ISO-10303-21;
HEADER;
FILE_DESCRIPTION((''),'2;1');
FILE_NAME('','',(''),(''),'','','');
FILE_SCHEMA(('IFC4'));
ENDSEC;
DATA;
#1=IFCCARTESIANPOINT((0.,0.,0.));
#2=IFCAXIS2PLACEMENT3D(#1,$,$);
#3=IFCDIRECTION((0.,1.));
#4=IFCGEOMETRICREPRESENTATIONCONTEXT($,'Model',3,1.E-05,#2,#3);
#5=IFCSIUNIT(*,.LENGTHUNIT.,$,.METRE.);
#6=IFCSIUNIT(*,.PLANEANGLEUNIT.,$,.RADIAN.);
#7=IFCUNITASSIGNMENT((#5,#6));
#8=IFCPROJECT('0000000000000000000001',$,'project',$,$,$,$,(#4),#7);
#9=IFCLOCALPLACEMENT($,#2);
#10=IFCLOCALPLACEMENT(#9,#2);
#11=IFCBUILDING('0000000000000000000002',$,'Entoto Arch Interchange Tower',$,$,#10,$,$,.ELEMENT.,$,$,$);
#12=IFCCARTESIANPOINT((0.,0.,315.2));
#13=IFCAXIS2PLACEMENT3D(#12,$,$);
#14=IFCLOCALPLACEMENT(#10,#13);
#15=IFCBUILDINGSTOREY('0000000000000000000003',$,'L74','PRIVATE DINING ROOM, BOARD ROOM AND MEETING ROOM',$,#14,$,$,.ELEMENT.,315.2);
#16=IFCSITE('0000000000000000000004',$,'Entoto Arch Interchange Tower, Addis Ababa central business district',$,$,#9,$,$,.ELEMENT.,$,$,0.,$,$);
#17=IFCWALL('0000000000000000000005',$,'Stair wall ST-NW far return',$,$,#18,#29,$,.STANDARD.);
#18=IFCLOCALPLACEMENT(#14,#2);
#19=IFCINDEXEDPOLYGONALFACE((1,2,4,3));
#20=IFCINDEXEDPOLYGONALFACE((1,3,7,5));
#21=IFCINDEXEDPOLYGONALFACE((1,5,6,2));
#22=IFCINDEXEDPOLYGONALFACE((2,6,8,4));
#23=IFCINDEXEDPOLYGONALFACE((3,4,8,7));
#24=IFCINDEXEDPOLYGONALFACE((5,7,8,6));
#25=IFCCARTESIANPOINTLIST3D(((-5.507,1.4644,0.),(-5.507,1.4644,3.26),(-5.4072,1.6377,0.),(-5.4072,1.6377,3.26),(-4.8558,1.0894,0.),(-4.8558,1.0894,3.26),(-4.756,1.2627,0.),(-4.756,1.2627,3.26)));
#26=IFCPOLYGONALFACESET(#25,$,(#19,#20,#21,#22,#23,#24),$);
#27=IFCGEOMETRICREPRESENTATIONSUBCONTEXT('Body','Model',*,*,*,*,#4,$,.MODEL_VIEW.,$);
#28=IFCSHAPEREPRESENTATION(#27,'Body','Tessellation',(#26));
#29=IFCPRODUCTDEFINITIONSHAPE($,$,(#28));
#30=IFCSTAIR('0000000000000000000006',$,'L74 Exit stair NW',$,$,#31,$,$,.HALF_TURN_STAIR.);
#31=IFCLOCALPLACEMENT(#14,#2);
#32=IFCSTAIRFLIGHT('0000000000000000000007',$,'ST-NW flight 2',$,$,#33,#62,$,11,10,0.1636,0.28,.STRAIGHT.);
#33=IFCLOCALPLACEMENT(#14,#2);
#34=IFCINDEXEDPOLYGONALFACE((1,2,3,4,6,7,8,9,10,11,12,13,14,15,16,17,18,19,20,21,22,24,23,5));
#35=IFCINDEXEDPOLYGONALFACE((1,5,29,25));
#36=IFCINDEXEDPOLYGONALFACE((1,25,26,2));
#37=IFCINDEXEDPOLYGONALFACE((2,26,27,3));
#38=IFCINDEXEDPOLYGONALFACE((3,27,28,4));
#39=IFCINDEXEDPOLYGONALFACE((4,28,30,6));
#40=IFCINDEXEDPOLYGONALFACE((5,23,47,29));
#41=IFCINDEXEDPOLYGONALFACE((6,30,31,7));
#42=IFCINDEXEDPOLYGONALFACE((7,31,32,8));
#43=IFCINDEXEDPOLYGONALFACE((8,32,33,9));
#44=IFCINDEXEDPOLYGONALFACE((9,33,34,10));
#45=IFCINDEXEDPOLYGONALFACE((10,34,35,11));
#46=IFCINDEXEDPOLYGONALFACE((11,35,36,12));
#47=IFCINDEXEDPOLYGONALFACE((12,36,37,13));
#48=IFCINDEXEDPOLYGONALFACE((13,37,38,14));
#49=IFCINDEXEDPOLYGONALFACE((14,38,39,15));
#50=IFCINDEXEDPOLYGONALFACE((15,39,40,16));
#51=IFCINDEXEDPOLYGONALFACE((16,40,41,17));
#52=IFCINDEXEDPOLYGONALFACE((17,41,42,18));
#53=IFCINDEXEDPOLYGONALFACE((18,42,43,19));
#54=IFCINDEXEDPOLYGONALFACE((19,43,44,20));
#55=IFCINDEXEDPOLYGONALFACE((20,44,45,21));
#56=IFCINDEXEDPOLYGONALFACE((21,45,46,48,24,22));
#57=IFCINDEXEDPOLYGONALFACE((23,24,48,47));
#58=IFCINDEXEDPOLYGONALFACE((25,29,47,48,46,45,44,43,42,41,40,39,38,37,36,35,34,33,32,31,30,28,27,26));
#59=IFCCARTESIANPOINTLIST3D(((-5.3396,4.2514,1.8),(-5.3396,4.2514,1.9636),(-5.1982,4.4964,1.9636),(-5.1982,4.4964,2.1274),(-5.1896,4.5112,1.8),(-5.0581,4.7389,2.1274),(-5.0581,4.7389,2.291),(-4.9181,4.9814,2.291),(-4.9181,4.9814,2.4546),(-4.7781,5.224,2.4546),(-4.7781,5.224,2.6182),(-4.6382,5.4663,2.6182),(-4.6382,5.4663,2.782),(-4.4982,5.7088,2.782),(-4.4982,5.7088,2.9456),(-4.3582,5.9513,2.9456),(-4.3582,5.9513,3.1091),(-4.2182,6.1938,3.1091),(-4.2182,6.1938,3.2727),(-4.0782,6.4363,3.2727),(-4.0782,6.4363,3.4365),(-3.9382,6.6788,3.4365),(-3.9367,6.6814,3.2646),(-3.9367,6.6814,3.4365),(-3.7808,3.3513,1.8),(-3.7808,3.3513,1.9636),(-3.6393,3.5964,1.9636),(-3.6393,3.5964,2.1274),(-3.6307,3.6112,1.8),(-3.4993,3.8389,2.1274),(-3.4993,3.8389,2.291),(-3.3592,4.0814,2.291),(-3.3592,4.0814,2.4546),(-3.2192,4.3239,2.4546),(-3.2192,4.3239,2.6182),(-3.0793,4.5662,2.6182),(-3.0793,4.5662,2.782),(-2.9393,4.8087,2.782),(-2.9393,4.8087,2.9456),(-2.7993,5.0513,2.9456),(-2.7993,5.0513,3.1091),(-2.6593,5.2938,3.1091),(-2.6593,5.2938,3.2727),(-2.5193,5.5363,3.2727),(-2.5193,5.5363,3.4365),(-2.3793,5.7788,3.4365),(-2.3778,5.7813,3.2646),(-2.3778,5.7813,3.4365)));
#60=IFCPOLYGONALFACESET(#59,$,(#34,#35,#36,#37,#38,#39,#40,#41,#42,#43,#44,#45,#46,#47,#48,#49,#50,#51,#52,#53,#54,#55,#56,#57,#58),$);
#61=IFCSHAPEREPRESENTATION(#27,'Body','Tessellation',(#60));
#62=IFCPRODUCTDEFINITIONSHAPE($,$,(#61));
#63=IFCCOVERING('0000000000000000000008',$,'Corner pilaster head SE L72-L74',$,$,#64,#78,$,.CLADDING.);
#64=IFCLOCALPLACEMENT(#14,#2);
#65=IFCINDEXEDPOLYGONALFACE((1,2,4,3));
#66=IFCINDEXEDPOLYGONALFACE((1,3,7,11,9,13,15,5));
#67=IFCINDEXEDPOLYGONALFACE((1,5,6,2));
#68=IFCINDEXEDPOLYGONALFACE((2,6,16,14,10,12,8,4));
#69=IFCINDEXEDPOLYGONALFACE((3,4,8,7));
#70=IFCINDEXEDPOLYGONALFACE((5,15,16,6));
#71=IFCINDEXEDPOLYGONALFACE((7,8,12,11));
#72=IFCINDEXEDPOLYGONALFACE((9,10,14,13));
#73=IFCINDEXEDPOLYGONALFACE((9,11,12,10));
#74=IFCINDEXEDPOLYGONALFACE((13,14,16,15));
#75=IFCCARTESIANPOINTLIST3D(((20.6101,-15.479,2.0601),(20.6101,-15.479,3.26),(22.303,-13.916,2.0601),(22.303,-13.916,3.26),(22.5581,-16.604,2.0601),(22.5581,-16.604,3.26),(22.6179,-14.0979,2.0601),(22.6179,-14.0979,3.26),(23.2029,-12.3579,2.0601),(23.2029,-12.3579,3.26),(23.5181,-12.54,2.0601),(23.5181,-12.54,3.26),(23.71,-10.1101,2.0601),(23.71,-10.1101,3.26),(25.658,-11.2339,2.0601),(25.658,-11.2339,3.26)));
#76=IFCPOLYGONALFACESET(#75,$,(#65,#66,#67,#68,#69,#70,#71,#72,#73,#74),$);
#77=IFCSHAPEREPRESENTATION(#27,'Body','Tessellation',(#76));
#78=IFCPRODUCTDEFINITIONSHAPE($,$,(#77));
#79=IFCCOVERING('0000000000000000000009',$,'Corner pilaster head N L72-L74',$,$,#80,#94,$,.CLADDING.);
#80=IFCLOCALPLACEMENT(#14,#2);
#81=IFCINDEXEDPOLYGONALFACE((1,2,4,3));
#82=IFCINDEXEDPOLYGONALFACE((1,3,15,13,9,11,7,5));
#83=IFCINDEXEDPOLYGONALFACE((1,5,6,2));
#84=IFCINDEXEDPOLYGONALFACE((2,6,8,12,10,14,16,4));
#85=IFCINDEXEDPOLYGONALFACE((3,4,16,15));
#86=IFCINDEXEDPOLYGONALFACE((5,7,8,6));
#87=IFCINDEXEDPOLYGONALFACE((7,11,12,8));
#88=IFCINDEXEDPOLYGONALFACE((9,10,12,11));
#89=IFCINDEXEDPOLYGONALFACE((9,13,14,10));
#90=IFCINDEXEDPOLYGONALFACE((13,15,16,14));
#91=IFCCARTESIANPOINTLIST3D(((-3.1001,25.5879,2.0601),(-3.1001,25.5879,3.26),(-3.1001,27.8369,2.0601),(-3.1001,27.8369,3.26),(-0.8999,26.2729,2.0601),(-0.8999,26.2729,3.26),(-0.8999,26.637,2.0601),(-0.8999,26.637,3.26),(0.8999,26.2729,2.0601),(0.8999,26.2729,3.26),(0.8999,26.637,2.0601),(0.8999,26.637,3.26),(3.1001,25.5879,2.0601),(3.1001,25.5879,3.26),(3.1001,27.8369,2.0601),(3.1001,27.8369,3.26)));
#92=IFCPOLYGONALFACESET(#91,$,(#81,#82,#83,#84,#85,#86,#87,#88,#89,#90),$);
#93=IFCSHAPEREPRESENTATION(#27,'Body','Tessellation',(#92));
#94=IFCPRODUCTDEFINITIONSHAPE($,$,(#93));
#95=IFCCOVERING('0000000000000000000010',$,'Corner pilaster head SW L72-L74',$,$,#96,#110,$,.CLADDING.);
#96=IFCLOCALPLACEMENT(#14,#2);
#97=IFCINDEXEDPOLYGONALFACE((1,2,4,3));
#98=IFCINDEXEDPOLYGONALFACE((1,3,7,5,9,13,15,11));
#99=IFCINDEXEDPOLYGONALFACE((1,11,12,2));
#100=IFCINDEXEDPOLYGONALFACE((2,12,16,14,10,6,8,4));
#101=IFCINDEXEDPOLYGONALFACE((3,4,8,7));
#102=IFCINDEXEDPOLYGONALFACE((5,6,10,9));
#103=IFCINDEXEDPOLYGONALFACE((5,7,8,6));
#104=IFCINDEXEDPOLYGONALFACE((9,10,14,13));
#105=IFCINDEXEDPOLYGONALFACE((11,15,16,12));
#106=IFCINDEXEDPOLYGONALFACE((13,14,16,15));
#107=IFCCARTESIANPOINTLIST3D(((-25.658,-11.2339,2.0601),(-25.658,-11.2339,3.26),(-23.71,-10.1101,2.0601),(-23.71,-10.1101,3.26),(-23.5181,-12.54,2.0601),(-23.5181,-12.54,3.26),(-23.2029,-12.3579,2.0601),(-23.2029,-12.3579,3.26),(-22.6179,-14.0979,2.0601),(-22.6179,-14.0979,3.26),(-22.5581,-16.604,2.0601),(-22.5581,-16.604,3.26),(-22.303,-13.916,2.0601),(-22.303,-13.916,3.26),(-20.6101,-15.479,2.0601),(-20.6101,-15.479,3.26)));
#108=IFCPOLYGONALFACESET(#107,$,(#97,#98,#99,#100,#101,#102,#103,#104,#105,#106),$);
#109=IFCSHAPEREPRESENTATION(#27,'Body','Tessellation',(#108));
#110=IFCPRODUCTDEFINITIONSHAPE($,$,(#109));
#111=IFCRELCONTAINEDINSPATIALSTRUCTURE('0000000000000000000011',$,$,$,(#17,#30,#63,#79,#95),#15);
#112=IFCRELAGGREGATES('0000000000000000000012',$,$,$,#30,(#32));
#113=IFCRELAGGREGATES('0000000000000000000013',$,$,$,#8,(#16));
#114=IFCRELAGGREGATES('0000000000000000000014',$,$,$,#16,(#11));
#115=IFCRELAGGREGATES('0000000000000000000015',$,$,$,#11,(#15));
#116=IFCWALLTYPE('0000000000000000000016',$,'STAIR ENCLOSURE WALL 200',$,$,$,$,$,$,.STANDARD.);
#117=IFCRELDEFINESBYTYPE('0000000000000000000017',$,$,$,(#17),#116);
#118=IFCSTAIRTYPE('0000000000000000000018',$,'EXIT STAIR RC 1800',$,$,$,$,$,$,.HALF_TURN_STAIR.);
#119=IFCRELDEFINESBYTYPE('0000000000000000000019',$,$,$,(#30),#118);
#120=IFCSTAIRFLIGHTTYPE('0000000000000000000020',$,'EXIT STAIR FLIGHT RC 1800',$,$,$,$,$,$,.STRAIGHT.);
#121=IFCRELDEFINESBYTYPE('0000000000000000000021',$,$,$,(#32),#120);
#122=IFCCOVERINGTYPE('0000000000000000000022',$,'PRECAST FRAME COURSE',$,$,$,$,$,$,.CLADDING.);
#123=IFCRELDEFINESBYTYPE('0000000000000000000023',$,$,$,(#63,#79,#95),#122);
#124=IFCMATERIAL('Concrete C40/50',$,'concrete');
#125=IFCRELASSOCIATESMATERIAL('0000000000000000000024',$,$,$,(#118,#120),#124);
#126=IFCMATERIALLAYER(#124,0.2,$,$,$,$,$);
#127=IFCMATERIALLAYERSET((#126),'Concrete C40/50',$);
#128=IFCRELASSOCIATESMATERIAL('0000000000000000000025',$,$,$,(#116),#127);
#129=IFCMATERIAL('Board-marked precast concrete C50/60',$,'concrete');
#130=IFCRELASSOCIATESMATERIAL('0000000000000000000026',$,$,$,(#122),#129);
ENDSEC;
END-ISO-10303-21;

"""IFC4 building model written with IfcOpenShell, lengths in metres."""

from ifc_helpers import new_model, si_unit, direction, frame, frame_2d, origin, place, context, subcontext, project, spatial, polyline, rectangle, outline, extrude, material, layer, layer_set, type_object, element, aggregate, save


model = new_model("IFC4")

# Units and contexts
model_context = context("Model", 3, precision=1e-05, world=origin(), true_north=direction((0.0, 1.0)))
body_context = subcontext(model_context, "Body", "Model", "MODEL_VIEW")
ifc_project = project(units=[si_unit("LENGTHUNIT", "METRE"), si_unit("PLANEANGLEUNIT", "RADIAN")], contexts=[model_context])

# Site, building, storey
site_placement = place(None, origin())
site = spatial("IfcSite", under=ifc_project, at=site_placement, Name="Entoto Arch Interchange Tower, Addis Ababa central business district", CompositionType="ELEMENT", RefElevation=0.0)
building_placement = place(site_placement, origin())
building = spatial("IfcBuilding", under=site, at=building_placement, Name="Entoto Arch Interchange Tower", CompositionType="ELEMENT")
storey_placement = place(building_placement, frame((0.0, 0.0, 315.2)))
storey = spatial("IfcBuildingStorey", under=building, at=storey_placement, Name="L74", Description="PRIVATE DINING ROOM, BOARD ROOM AND MEETING ROOM", CompositionType="ELEMENT", Elevation=315.2)

# Shared definitions
ifc_material_1 = material(Name="Concrete C40/50", Category="concrete")

# Shared definitions
stair_type = type_object("IfcStairType", Name="EXIT STAIR RC 1800", PredefinedType="HALF_TURN_STAIR", material=ifc_material_1)

# Wall
ifc_layer_1 = layer(ifc_material_1, 0.2)
ifc_layer_set_1 = layer_set([ifc_layer_1], Name="Concrete C40/50")
wall_type_1 = type_object("IfcWallType", Name="STAIR ENCLOSURE WALL 200", PredefinedType="STANDARD", material=ifc_layer_set_1)
wall_1_placement = place(storey_placement, frame((-4.8059, 1.176, 0.0), z_axis=(0.0, 0.0, 1.0), x_axis=(-0.866559, 0.499075, 0.0)))
element("IfcWall", 1, at=wall_1_placement, inside=storey, type_object=wall_type_1, Name="Stair wall ST-NW far return", PredefinedType="STANDARD", context=body_context, shape_type="SweptSolid", body=[
    extrude(rectangle(XDim=0.7515, YDim=0.2, at=frame_2d((0.3757, 0.0))), origin(), (0.0, 0.0, 1.0), 3.26),
])

# Stair, stair flight
stair_1_placement = place(storey_placement, origin())
stair_1 = element("IfcStair", 2, at=stair_1_placement, inside=storey, type_object=stair_type, Name="L74 Exit stair NW", PredefinedType="HALF_TURN_STAIR")
stair_flight_type = type_object("IfcStairFlightType", Name="EXIT STAIR FLIGHT RC 1800", PredefinedType="STRAIGHT", material=ifc_material_1)
stair_flight_placement = place(storey_placement, frame((-4.5588, 3.804, 1.8), z_axis=(0.0, 0.0, 1.0), x_axis=(0.5, 0.866025, 0.0)))
stair_flight = element("IfcStairFlight", 3, at=stair_flight_placement, type_object=stair_flight_type, Name="ST-NW flight 2", NumberOfRisers=11, NumberOfTreads=10, PredefinedType="STRAIGHT", RiserHeight=0.1636, TreadLength=0.28, context=body_context, shape_type="SweptSolid", body=[
    extrude(outline(polyline([(-0.0029, 0.0), (-0.0029, 0.1636), (0.28, 0.1636), (0.28, 0.3274), (0.5601, 0.3274), (0.5601, 0.491), (0.8401, 0.491), (0.8401, 0.6545), (1.1201, 0.6545), (1.1201, 0.8181), (1.3999, 0.8181), (1.3999, 0.9819), (1.6799, 0.9819), (1.6799, 1.1455), (1.96, 1.1455), (1.96, 1.3091), (2.24, 1.3091), (2.24, 1.4727), (2.52, 1.4727), (2.52, 1.6365), (2.8, 1.6365), (2.803, 1.6365), (2.803, 1.4646), (0.2971, 0.0), (-0.0029, 0.0)])), frame((0.0, 0.8999, 0.0), z_axis=(0.0, -1.0, 0.0), x_axis=(1.0, 0.0, 0.0)), (0.0, 0.0, 1.0), 1.8),
])
aggregate(stair_1, [stair_flight])

# Coverings
ifc_material_2 = material(Name="Board-marked precast concrete C50/60", Category="concrete")
covering_type = type_object("IfcCoveringType", Name="PRECAST FRAME COURSE", PredefinedType="CLADDING", material=ifc_material_2)
covering_1_placement = place(storey_placement, frame((0.0, 0.0, 2.0601)))
element("IfcCovering", 4, at=covering_1_placement, inside=storey, type_object=covering_type, Name="Corner pilaster head SE L72-L74", PredefinedType="CLADDING", context=body_context, shape_type="SweptSolid", body=[
    extrude(outline(polyline([(25.658, -11.2339), (22.5581, -16.604), (20.6101, -15.479), (22.303, -13.916), (22.6179, -14.0979), (23.5181, -12.54), (23.2029, -12.3579), (23.71, -10.1101), (25.658, -11.2339)])), origin(), (0.0, 0.0, 1.0), 1.2),
])
covering_2_placement = place(storey_placement, frame((0.0, 0.0, 2.0601)))
element("IfcCovering", 5, at=covering_2_placement, inside=storey, type_object=covering_type, Name="Corner pilaster head N L72-L74", PredefinedType="CLADDING", context=body_context, shape_type="SweptSolid", body=[
    extrude(outline(polyline([(-3.1001, 27.8369), (3.1001, 27.8369), (3.1001, 25.5879), (0.8999, 26.2729), (0.8999, 26.637), (-0.8999, 26.637), (-0.8999, 26.2729), (-3.1001, 25.5879), (-3.1001, 27.8369)])), origin(), (0.0, 0.0, 1.0), 1.2),
])
covering_3_placement = place(storey_placement, frame((0.0, 0.0, 2.0601)))
element("IfcCovering", 6, at=covering_3_placement, inside=storey, type_object=covering_type, Name="Corner pilaster head SW L72-L74", PredefinedType="CLADDING", context=body_context, shape_type="SweptSolid", body=[
    extrude(outline(polyline([(-22.5581, -16.604), (-25.658, -11.2339), (-23.71, -10.1101), (-23.2029, -12.3579), (-23.5181, -12.54), (-22.6179, -14.0979), (-22.303, -13.916), (-20.6101, -15.479), (-22.5581, -16.604)])), origin(), (0.0, 0.0, 1.0), 1.2),
])

save(model, "model.ifc")
